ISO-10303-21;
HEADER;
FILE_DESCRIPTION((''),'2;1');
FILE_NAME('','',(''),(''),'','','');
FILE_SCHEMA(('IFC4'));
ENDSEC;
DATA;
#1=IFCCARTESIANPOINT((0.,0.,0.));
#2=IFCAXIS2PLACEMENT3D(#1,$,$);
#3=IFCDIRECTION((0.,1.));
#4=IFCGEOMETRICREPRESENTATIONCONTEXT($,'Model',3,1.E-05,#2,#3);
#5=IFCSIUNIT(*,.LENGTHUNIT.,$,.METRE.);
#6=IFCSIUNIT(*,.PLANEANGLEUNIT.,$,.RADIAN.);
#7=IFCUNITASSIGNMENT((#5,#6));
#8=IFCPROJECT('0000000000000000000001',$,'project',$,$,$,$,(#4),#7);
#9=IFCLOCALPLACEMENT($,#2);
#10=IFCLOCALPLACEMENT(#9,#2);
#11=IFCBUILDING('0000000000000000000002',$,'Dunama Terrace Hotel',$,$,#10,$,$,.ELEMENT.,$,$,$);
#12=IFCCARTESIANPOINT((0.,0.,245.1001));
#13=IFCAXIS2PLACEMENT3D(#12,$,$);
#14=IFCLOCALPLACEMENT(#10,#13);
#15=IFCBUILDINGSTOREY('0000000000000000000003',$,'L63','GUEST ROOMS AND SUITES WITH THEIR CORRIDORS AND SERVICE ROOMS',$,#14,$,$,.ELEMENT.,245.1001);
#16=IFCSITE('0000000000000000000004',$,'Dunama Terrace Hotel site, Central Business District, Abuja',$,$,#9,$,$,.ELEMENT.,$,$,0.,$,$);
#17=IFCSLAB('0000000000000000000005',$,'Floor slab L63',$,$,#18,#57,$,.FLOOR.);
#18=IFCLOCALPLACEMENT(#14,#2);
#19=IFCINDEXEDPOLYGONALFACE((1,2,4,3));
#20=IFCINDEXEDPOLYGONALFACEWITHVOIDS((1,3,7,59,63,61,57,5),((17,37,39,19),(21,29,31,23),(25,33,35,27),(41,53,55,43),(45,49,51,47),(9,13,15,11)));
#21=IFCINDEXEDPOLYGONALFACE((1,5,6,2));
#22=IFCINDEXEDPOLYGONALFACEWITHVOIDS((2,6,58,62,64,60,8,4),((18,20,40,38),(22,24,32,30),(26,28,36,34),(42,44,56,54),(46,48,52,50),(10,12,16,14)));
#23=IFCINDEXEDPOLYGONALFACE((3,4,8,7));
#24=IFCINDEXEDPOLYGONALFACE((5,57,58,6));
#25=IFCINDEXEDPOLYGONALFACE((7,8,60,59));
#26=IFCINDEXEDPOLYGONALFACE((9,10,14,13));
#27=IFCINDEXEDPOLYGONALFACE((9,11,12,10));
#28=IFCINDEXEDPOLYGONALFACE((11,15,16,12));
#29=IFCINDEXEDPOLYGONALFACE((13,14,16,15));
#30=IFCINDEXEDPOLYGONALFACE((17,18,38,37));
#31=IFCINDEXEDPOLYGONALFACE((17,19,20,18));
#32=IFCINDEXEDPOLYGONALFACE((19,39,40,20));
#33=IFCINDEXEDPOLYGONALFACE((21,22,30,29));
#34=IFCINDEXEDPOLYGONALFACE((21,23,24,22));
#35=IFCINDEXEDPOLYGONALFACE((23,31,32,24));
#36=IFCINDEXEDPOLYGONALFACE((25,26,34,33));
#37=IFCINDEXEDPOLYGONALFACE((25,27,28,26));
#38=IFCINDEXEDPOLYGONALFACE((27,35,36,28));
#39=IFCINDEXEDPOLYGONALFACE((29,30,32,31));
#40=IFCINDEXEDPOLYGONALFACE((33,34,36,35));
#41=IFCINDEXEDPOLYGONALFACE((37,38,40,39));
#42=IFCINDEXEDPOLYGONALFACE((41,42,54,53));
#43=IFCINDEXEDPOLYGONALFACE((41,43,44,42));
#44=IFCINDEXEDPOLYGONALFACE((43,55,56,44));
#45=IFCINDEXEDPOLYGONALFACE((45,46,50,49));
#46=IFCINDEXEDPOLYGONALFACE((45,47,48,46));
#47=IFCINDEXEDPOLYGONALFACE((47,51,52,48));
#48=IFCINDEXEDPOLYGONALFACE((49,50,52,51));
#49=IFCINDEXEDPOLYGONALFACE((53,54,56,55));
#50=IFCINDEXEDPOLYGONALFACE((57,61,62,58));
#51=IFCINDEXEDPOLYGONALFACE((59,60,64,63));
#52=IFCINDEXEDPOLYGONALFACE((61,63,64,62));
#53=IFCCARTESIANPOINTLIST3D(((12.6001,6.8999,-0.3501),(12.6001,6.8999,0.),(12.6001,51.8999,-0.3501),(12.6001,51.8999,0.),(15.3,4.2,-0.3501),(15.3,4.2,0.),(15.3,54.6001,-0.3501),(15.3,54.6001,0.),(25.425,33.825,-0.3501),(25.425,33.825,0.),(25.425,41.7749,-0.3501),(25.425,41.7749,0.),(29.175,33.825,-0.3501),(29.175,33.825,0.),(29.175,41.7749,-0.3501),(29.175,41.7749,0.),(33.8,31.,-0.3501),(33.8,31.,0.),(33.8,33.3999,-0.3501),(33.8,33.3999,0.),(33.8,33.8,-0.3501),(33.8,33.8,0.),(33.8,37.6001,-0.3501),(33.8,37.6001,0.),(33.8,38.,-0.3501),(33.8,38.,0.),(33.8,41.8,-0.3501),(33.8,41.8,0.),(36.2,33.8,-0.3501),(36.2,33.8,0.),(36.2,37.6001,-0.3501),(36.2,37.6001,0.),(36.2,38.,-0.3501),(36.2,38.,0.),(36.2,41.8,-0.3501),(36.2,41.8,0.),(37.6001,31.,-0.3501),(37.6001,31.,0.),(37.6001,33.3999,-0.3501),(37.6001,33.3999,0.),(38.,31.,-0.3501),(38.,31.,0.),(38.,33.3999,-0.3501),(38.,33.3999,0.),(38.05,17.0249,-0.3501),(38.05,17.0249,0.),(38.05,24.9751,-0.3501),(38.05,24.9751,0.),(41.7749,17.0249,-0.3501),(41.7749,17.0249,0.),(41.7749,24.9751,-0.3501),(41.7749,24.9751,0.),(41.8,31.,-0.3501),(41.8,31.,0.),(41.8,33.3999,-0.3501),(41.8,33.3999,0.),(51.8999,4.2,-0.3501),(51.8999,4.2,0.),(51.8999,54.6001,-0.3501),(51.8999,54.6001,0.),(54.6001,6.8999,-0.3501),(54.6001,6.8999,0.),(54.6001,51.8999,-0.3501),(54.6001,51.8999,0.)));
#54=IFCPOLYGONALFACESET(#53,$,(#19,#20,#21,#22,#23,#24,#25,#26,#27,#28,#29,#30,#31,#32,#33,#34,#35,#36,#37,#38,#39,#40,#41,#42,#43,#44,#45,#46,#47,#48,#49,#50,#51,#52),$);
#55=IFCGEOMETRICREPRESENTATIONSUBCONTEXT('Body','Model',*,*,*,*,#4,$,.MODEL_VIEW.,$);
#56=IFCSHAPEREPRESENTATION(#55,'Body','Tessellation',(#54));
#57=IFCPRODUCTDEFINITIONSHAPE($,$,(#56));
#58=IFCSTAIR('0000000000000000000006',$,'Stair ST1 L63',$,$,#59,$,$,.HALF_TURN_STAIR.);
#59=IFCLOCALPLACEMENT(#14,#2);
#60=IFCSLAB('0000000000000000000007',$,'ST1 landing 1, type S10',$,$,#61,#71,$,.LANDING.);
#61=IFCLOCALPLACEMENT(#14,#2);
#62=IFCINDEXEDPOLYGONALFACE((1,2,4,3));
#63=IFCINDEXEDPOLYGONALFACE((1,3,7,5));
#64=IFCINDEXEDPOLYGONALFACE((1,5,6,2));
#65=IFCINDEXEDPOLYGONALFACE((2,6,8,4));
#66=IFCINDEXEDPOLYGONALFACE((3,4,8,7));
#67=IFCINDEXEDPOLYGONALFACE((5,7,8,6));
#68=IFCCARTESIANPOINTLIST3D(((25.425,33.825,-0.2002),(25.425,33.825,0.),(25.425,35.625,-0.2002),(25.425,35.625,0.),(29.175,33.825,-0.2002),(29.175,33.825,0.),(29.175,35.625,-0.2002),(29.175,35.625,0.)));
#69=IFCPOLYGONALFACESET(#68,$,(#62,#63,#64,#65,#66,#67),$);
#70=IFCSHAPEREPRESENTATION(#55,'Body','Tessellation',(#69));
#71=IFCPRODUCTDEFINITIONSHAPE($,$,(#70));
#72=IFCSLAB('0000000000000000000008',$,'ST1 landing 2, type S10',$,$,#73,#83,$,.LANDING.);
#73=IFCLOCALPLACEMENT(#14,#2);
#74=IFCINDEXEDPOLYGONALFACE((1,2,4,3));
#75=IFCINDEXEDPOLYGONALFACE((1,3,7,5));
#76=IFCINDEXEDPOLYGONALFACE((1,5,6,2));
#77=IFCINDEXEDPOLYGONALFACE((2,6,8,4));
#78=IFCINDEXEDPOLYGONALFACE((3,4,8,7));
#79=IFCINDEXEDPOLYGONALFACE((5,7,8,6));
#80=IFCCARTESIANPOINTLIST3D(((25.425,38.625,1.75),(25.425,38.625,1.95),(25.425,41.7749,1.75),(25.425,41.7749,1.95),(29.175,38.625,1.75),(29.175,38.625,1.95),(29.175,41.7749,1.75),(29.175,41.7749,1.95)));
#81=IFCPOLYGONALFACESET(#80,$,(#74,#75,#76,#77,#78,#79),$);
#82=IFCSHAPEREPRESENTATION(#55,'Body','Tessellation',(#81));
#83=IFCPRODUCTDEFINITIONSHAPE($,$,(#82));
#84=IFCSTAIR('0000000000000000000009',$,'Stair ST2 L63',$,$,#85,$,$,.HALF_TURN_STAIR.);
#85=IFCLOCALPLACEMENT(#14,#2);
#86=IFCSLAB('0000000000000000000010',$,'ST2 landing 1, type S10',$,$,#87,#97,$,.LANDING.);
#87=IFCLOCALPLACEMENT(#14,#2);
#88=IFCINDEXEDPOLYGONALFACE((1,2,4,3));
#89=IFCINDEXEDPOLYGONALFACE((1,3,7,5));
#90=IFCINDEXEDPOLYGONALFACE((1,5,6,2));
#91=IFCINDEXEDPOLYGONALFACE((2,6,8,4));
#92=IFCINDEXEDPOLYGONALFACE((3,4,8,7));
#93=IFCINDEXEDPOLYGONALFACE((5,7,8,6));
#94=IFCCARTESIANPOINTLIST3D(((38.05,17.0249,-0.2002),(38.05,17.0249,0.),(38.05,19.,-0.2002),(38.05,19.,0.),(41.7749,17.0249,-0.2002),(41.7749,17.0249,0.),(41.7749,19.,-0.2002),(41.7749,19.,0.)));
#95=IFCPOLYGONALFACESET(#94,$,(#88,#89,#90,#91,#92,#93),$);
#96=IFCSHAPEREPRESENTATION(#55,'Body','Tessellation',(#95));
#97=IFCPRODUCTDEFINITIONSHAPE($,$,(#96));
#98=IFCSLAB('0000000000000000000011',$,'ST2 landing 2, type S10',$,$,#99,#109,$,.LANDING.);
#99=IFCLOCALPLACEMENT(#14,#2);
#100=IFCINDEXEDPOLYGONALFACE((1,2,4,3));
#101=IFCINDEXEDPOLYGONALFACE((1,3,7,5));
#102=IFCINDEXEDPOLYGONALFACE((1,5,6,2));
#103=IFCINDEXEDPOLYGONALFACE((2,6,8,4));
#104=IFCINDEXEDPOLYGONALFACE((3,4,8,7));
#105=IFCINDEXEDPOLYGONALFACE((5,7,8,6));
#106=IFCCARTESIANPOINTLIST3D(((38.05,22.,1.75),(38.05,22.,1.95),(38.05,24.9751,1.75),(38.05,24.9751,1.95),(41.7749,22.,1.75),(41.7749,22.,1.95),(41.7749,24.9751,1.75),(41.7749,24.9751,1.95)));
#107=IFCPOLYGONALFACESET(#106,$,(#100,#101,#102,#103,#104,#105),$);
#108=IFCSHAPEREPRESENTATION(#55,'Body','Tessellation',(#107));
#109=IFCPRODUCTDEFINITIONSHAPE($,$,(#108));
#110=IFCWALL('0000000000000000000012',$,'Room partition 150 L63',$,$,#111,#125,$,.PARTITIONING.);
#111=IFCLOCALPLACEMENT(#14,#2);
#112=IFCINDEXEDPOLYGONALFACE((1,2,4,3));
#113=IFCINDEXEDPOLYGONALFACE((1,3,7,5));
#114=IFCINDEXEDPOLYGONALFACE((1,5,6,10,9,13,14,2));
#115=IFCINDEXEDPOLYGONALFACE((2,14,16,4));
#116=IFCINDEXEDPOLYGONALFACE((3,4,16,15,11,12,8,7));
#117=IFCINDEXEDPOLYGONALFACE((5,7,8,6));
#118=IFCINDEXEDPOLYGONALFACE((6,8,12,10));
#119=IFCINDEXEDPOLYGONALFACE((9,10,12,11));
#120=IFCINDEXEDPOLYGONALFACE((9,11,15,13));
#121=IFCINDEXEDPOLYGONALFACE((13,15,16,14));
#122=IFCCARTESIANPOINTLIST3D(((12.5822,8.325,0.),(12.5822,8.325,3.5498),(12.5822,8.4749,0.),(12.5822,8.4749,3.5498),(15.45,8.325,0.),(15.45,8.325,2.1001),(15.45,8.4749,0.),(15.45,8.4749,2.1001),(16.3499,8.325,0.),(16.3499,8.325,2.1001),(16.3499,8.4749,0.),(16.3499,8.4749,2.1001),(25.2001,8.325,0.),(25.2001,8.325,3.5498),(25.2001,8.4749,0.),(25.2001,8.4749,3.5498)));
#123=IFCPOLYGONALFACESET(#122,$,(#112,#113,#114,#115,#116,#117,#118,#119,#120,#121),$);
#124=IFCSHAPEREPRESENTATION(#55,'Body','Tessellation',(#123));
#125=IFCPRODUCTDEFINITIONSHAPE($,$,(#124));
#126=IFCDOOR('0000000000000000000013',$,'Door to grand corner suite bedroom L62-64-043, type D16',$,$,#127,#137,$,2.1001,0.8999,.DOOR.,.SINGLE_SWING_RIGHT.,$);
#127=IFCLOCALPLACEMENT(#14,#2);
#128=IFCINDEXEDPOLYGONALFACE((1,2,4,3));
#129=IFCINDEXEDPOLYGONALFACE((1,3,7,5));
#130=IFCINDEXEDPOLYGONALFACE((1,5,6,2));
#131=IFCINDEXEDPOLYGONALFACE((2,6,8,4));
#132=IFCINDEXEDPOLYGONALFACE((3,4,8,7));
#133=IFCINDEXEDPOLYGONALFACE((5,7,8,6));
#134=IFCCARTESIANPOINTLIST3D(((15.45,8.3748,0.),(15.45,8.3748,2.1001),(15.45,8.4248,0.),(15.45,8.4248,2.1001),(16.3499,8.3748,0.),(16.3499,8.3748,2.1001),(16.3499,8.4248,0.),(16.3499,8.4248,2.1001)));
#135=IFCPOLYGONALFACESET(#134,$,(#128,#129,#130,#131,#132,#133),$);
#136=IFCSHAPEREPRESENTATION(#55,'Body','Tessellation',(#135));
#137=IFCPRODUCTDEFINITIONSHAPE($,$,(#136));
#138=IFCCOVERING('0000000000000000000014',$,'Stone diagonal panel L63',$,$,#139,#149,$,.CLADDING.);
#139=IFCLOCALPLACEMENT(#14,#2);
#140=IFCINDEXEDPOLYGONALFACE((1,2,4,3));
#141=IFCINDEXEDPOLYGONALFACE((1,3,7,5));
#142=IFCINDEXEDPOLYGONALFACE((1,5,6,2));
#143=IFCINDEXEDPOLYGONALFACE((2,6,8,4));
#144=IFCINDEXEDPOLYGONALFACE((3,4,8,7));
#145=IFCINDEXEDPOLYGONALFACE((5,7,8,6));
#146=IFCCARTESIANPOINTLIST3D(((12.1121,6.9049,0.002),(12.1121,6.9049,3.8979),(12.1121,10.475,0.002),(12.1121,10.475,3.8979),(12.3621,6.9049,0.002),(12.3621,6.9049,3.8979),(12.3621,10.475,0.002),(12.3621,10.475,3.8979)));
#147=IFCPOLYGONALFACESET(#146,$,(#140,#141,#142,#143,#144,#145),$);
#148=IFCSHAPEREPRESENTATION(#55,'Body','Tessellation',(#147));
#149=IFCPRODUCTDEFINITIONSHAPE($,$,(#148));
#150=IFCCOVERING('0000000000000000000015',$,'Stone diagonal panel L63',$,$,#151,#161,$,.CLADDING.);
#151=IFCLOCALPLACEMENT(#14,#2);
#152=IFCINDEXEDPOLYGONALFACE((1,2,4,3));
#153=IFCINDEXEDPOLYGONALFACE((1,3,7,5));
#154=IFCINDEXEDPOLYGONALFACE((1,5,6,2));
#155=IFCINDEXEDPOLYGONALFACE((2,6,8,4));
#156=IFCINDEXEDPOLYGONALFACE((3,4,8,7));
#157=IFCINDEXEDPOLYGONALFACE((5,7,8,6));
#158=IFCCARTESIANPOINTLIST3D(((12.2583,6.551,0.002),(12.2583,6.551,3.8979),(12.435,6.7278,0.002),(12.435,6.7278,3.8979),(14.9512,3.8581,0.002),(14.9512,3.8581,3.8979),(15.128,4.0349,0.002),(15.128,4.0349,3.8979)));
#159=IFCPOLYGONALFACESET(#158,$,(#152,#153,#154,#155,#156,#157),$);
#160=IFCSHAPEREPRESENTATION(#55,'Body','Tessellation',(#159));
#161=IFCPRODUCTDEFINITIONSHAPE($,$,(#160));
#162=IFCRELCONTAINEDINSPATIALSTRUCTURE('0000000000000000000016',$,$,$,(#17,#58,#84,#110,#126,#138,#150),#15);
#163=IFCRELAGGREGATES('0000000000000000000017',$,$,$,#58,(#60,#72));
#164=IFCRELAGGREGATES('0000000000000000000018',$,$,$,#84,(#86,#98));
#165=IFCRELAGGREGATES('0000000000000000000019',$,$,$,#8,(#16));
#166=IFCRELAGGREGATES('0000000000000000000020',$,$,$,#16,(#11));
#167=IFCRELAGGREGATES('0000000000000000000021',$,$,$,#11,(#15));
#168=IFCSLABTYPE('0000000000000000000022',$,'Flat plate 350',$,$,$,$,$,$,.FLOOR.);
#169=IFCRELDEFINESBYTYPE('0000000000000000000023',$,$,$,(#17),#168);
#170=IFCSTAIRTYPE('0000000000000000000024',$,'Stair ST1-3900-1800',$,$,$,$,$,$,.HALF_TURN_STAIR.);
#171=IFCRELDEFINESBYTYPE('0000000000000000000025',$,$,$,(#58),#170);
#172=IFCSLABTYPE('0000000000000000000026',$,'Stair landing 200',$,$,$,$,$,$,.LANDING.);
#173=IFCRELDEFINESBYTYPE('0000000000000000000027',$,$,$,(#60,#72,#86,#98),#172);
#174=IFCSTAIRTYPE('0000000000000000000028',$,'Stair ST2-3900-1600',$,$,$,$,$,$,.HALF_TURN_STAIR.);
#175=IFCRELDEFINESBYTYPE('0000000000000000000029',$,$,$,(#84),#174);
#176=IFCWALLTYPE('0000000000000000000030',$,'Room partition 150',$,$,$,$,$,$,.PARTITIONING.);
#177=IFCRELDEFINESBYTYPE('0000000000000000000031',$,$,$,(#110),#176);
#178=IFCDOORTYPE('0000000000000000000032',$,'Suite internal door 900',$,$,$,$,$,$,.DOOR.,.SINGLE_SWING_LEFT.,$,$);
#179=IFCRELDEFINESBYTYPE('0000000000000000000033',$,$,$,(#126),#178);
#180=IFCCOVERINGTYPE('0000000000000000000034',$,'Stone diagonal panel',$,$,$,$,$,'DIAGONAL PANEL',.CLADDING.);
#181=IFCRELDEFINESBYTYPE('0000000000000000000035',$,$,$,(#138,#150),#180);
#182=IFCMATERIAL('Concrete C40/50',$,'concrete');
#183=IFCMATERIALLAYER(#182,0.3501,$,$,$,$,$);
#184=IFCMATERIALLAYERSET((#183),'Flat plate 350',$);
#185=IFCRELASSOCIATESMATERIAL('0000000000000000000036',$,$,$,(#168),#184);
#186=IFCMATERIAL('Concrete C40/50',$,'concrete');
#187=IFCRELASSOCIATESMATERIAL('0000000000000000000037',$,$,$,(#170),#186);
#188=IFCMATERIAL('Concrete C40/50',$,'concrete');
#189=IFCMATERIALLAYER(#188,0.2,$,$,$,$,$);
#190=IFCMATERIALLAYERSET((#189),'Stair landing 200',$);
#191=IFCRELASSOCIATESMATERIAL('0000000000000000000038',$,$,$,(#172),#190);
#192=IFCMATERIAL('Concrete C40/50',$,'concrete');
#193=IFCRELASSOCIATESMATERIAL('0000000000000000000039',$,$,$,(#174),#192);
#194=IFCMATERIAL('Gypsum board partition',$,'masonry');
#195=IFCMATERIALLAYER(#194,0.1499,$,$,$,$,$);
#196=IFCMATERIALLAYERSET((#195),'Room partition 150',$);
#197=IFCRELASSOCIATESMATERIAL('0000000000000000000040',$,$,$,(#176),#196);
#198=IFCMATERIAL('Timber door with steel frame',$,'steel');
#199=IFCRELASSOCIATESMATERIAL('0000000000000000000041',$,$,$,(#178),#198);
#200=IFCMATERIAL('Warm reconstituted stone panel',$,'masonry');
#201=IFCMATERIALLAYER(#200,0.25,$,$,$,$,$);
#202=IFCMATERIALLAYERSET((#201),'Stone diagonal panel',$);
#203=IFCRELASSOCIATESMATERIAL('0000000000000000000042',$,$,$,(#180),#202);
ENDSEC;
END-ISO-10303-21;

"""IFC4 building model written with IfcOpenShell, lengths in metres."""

from ifc_helpers import new_model, si_unit, direction, frame, frame_2d, origin, origin_2d, place, context, subcontext, project, spatial, polyline, rectangle, outline, extrude, material, layer, layer_set, type_object, element, fill, aggregate, save


model = new_model("IFC4")

# Units and contexts
model_context = context("Model", 3, precision=1e-05, world=origin(), true_north=direction((0.0, 1.0)))
body_context = subcontext(model_context, "Body", "Model", "MODEL_VIEW")
ifc_project = project(units=[si_unit("LENGTHUNIT", "METRE"), si_unit("PLANEANGLEUNIT", "RADIAN")], contexts=[model_context])

# Site, building, storey
site_placement = place(None, origin())
site = spatial("IfcSite", under=ifc_project, at=site_placement, Name="Dunama Terrace Hotel site, Central Business District, Abuja", CompositionType="ELEMENT", RefElevation=0.0)
building_placement = place(site_placement, origin())
building = spatial("IfcBuilding", under=site, at=building_placement, Name="Dunama Terrace Hotel", CompositionType="ELEMENT")
storey_placement = place(building_placement, frame((0.0, 0.0, 245.1001)))
storey = spatial("IfcBuildingStorey", under=building, at=storey_placement, Name="L63", Description="GUEST ROOMS AND SUITES WITH THEIR CORRIDORS AND SERVICE ROOMS", CompositionType="ELEMENT", Elevation=245.1001)

# Slab
ifc_material_1 = material(Name="Concrete C40/50", Category="concrete")
ifc_layer_1 = layer(ifc_material_1, 0.3501)
ifc_layer_set_1 = layer_set([ifc_layer_1], Name="Flat plate 350")
slab_type_1 = type_object("IfcSlabType", Name="Flat plate 350", PredefinedType="FLOOR", material=ifc_layer_set_1)
slab_1_placement = place(storey_placement, frame((0.0, 0.0, -0.3501)))
element("IfcSlab", 1, at=slab_1_placement, inside=storey, type_object=slab_type_1, Name="Floor slab L63", PredefinedType="FLOOR", context=body_context, shape_type="SweptSolid", body=[
    extrude(outline(polyline([(15.3, 4.2), (51.8999, 4.2), (54.6001, 6.8999), (54.6001, 51.8999), (51.8999, 54.6001), (15.3, 54.6001), (12.6001, 51.8999), (12.6001, 6.8999), (15.3, 4.2)]), holes=[polyline([(37.6001, 31.0), (37.6001, 33.3999), (33.8, 33.3999), (33.8, 31.0), (37.6001, 31.0)]), polyline([(41.8, 31.0), (41.8, 33.3999), (38.0, 33.3999), (38.0, 31.0), (41.8, 31.0)]), polyline([(36.2, 38.0), (36.2, 41.8), (33.8, 41.8), (33.8, 38.0), (36.2, 38.0)]), polyline([(36.2, 33.8), (36.2, 37.6001), (33.8, 37.6001), (33.8, 33.8), (36.2, 33.8)]), polyline([(29.175, 33.825), (29.175, 41.7749), (25.425, 41.7749), (25.425, 33.825), (29.175, 33.825)]), polyline([(41.7749, 17.0249), (41.7749, 24.9751), (38.05, 24.9751), (38.05, 17.0249), (41.7749, 17.0249)])]), origin(), (0.0, 0.0, 1.0), 0.3501),
])

# Stairs, slabs
ifc_material_2 = material(Name="Concrete C40/50", Category="concrete")
stair_type_1 = type_object("IfcStairType", Name="Stair ST1-3900-1800", PredefinedType="HALF_TURN_STAIR", material=ifc_material_2)
stair_1_placement = place(storey_placement, origin())
stair_1 = element("IfcStair", 2, at=stair_1_placement, inside=storey, type_object=stair_type_1, Name="Stair ST1 L63", PredefinedType="HALF_TURN_STAIR")
ifc_material_3 = material(Name="Concrete C40/50", Category="concrete")
ifc_layer_2 = layer(ifc_material_3, 0.2)
ifc_layer_set_2 = layer_set([ifc_layer_2], Name="Stair landing 200")
slab_type_2 = type_object("IfcSlabType", Name="Stair landing 200", PredefinedType="LANDING", material=ifc_layer_set_2)
slab_2_placement = place(storey_placement, frame((0.0, 0.0, -0.2002)))
slab_2 = element("IfcSlab", 3, at=slab_2_placement, type_object=slab_type_2, Name="ST1 landing 1, type S10", PredefinedType="LANDING", context=body_context, shape_type="SweptSolid", body=[
    extrude(outline(polyline([(25.425, 33.825), (29.175, 33.825), (29.175, 35.625), (25.425, 35.625), (25.425, 33.825)])), origin(), (0.0, 0.0, 1.0), 0.2002),
])
slab_3_placement = place(storey_placement, frame((0.0, 0.0, 1.75)))
slab_3 = element("IfcSlab", 4, at=slab_3_placement, type_object=slab_type_2, Name="ST1 landing 2, type S10", PredefinedType="LANDING", context=body_context, shape_type="SweptSolid", body=[
    extrude(outline(polyline([(25.425, 38.625), (29.175, 38.625), (29.175, 41.7749), (25.425, 41.7749), (25.425, 38.625)])), origin(), (0.0, 0.0, 1.0), 0.2),
])
aggregate(stair_1, [slab_2, slab_3])
ifc_material_4 = material(Name="Concrete C40/50", Category="concrete")
stair_type_2 = type_object("IfcStairType", Name="Stair ST2-3900-1600", PredefinedType="HALF_TURN_STAIR", material=ifc_material_4)
stair_2_placement = place(storey_placement, origin())
stair_2 = element("IfcStair", 5, at=stair_2_placement, inside=storey, type_object=stair_type_2, Name="Stair ST2 L63", PredefinedType="HALF_TURN_STAIR")
slab_4_placement = place(storey_placement, frame((0.0, 0.0, -0.2002)))
slab_4 = element("IfcSlab", 6, at=slab_4_placement, type_object=slab_type_2, Name="ST2 landing 1, type S10", PredefinedType="LANDING", context=body_context, shape_type="SweptSolid", body=[
    extrude(outline(polyline([(38.05, 17.0249), (41.7749, 17.0249), (41.7749, 19.0), (38.05, 19.0), (38.05, 17.0249)])), origin(), (0.0, 0.0, 1.0), 0.2002),
])
slab_5_placement = place(storey_placement, frame((0.0, 0.0, 1.75)))
slab_5 = element("IfcSlab", 7, at=slab_5_placement, type_object=slab_type_2, Name="ST2 landing 2, type S10", PredefinedType="LANDING", context=body_context, shape_type="SweptSolid", body=[
    extrude(outline(polyline([(38.05, 22.0), (41.7749, 22.0), (41.7749, 24.9751), (38.05, 24.9751), (38.05, 22.0)])), origin(), (0.0, 0.0, 1.0), 0.2),
])
aggregate(stair_2, [slab_4, slab_5])

# Wall, opening, door
ifc_material_5 = material(Name="Gypsum board partition", Category="masonry")
ifc_layer_3 = layer(ifc_material_5, 0.1499)
ifc_layer_set_3 = layer_set([ifc_layer_3], Name="Room partition 150")
wall_type = type_object("IfcWallType", Name="Room partition 150", PredefinedType="PARTITIONING", material=ifc_layer_set_3)
wall_placement = place(storey_placement, frame((12.582, 8.3999, 0.0), z_axis=(0.0, 0.0, 1.0), x_axis=(1.0, 0.0, 0.0)))
wall = element("IfcWall", 8, at=wall_placement, inside=storey, type_object=wall_type, Name="Room partition 150 L63", PredefinedType="PARTITIONING", context=body_context, shape_type="SweptSolid", body=[
    extrude(rectangle(XDim=12.6179, YDim=0.1499, at=frame_2d((6.3091, 0.0))), origin(), (0.0, 0.0, 1.0), 3.5498),
])
opening_placement = place(wall_placement, frame((2.8679, 0.0, 0.0)))
opening = element("IfcOpeningElement", 9, at=opening_placement, cuts=wall, PredefinedType="OPENING", context=body_context, shape_type="SweptSolid", body=[
    extrude(rectangle(XDim=0.8999, YDim=2.1001, at=frame_2d((0.45, 1.05))), frame((0.0, 0.085, 0.0), z_axis=(0.0, -1.0, 0.0), x_axis=(1.0, 0.0, 0.0)), (0.0, 0.0, 1.0), 0.1699),
])
ifc_material_6 = material(Name="Timber door with steel frame", Category="steel")
door_type = type_object("IfcDoorType", Name="Suite internal door 900", OperationType="SINGLE_SWING_LEFT", PredefinedType="DOOR", material=ifc_material_6)
door_placement = place(opening_placement, frame((0.8999, 0.0, 0.0), z_axis=(0.0, 0.0, 1.0), x_axis=(-1.0, 0.0, 0.0)))
door = element("IfcDoor", 10, at=door_placement, inside=storey, type_object=door_type, Name="Door to grand corner suite bedroom L62-64-043, type D16", OperationType="SINGLE_SWING_RIGHT", OverallHeight=2.1001, OverallWidth=0.8999, PredefinedType="DOOR", context=body_context, shape_type="SweptSolid", body=[
    extrude(rectangle(XDim=0.8999, YDim=2.1001, at=frame_2d((0.45, 1.05))), frame((0.0, 0.0251, 0.0), z_axis=(0.0, -1.0, 0.0), x_axis=(1.0, 0.0, 0.0)), (0.0, 0.0, 1.0), 0.05),
])
fill(opening, door)

# Coverings
ifc_material_7 = material(Name="Warm reconstituted stone panel", Category="masonry")
ifc_layer_4 = layer(ifc_material_7, 0.25)
ifc_layer_set_4 = layer_set([ifc_layer_4], Name="Stone diagonal panel")
covering_type = type_object("IfcCoveringType", Name="Stone diagonal panel", ElementType="DIAGONAL PANEL", PredefinedType="CLADDING", material=ifc_layer_set_4)
covering_1_placement = place(storey_placement, frame((12.2371, 8.6899, 0.002), z_axis=(0.0, 0.0, 1.0), x_axis=(0.0, -1.0, 0.0)))
element("IfcCovering", 11, at=covering_1_placement, inside=storey, type_object=covering_type, Name="Stone diagonal panel L63", PredefinedType="CLADDING", context=body_context, shape_type="SweptSolid", body=[
    extrude(rectangle(XDim=3.5701, YDim=0.25, at=origin_2d()), origin(), (0.0, 0.0, 1.0), 3.896),
])
covering_2_placement = place(storey_placement, frame((13.6931, 5.293, 0.002), z_axis=(0.0, 0.0, 1.0), x_axis=(0.707107, -0.707107, 0.0)))
element("IfcCovering", 12, at=covering_2_placement, inside=storey, type_object=covering_type, Name="Stone diagonal panel L63", PredefinedType="CLADDING", context=body_context, shape_type="SweptSolid", body=[
    extrude(rectangle(XDim=3.8083, YDim=0.25, at=origin_2d()), origin(), (0.0, 0.0, 1.0), 3.896),
])

save(model, "model.ifc")
